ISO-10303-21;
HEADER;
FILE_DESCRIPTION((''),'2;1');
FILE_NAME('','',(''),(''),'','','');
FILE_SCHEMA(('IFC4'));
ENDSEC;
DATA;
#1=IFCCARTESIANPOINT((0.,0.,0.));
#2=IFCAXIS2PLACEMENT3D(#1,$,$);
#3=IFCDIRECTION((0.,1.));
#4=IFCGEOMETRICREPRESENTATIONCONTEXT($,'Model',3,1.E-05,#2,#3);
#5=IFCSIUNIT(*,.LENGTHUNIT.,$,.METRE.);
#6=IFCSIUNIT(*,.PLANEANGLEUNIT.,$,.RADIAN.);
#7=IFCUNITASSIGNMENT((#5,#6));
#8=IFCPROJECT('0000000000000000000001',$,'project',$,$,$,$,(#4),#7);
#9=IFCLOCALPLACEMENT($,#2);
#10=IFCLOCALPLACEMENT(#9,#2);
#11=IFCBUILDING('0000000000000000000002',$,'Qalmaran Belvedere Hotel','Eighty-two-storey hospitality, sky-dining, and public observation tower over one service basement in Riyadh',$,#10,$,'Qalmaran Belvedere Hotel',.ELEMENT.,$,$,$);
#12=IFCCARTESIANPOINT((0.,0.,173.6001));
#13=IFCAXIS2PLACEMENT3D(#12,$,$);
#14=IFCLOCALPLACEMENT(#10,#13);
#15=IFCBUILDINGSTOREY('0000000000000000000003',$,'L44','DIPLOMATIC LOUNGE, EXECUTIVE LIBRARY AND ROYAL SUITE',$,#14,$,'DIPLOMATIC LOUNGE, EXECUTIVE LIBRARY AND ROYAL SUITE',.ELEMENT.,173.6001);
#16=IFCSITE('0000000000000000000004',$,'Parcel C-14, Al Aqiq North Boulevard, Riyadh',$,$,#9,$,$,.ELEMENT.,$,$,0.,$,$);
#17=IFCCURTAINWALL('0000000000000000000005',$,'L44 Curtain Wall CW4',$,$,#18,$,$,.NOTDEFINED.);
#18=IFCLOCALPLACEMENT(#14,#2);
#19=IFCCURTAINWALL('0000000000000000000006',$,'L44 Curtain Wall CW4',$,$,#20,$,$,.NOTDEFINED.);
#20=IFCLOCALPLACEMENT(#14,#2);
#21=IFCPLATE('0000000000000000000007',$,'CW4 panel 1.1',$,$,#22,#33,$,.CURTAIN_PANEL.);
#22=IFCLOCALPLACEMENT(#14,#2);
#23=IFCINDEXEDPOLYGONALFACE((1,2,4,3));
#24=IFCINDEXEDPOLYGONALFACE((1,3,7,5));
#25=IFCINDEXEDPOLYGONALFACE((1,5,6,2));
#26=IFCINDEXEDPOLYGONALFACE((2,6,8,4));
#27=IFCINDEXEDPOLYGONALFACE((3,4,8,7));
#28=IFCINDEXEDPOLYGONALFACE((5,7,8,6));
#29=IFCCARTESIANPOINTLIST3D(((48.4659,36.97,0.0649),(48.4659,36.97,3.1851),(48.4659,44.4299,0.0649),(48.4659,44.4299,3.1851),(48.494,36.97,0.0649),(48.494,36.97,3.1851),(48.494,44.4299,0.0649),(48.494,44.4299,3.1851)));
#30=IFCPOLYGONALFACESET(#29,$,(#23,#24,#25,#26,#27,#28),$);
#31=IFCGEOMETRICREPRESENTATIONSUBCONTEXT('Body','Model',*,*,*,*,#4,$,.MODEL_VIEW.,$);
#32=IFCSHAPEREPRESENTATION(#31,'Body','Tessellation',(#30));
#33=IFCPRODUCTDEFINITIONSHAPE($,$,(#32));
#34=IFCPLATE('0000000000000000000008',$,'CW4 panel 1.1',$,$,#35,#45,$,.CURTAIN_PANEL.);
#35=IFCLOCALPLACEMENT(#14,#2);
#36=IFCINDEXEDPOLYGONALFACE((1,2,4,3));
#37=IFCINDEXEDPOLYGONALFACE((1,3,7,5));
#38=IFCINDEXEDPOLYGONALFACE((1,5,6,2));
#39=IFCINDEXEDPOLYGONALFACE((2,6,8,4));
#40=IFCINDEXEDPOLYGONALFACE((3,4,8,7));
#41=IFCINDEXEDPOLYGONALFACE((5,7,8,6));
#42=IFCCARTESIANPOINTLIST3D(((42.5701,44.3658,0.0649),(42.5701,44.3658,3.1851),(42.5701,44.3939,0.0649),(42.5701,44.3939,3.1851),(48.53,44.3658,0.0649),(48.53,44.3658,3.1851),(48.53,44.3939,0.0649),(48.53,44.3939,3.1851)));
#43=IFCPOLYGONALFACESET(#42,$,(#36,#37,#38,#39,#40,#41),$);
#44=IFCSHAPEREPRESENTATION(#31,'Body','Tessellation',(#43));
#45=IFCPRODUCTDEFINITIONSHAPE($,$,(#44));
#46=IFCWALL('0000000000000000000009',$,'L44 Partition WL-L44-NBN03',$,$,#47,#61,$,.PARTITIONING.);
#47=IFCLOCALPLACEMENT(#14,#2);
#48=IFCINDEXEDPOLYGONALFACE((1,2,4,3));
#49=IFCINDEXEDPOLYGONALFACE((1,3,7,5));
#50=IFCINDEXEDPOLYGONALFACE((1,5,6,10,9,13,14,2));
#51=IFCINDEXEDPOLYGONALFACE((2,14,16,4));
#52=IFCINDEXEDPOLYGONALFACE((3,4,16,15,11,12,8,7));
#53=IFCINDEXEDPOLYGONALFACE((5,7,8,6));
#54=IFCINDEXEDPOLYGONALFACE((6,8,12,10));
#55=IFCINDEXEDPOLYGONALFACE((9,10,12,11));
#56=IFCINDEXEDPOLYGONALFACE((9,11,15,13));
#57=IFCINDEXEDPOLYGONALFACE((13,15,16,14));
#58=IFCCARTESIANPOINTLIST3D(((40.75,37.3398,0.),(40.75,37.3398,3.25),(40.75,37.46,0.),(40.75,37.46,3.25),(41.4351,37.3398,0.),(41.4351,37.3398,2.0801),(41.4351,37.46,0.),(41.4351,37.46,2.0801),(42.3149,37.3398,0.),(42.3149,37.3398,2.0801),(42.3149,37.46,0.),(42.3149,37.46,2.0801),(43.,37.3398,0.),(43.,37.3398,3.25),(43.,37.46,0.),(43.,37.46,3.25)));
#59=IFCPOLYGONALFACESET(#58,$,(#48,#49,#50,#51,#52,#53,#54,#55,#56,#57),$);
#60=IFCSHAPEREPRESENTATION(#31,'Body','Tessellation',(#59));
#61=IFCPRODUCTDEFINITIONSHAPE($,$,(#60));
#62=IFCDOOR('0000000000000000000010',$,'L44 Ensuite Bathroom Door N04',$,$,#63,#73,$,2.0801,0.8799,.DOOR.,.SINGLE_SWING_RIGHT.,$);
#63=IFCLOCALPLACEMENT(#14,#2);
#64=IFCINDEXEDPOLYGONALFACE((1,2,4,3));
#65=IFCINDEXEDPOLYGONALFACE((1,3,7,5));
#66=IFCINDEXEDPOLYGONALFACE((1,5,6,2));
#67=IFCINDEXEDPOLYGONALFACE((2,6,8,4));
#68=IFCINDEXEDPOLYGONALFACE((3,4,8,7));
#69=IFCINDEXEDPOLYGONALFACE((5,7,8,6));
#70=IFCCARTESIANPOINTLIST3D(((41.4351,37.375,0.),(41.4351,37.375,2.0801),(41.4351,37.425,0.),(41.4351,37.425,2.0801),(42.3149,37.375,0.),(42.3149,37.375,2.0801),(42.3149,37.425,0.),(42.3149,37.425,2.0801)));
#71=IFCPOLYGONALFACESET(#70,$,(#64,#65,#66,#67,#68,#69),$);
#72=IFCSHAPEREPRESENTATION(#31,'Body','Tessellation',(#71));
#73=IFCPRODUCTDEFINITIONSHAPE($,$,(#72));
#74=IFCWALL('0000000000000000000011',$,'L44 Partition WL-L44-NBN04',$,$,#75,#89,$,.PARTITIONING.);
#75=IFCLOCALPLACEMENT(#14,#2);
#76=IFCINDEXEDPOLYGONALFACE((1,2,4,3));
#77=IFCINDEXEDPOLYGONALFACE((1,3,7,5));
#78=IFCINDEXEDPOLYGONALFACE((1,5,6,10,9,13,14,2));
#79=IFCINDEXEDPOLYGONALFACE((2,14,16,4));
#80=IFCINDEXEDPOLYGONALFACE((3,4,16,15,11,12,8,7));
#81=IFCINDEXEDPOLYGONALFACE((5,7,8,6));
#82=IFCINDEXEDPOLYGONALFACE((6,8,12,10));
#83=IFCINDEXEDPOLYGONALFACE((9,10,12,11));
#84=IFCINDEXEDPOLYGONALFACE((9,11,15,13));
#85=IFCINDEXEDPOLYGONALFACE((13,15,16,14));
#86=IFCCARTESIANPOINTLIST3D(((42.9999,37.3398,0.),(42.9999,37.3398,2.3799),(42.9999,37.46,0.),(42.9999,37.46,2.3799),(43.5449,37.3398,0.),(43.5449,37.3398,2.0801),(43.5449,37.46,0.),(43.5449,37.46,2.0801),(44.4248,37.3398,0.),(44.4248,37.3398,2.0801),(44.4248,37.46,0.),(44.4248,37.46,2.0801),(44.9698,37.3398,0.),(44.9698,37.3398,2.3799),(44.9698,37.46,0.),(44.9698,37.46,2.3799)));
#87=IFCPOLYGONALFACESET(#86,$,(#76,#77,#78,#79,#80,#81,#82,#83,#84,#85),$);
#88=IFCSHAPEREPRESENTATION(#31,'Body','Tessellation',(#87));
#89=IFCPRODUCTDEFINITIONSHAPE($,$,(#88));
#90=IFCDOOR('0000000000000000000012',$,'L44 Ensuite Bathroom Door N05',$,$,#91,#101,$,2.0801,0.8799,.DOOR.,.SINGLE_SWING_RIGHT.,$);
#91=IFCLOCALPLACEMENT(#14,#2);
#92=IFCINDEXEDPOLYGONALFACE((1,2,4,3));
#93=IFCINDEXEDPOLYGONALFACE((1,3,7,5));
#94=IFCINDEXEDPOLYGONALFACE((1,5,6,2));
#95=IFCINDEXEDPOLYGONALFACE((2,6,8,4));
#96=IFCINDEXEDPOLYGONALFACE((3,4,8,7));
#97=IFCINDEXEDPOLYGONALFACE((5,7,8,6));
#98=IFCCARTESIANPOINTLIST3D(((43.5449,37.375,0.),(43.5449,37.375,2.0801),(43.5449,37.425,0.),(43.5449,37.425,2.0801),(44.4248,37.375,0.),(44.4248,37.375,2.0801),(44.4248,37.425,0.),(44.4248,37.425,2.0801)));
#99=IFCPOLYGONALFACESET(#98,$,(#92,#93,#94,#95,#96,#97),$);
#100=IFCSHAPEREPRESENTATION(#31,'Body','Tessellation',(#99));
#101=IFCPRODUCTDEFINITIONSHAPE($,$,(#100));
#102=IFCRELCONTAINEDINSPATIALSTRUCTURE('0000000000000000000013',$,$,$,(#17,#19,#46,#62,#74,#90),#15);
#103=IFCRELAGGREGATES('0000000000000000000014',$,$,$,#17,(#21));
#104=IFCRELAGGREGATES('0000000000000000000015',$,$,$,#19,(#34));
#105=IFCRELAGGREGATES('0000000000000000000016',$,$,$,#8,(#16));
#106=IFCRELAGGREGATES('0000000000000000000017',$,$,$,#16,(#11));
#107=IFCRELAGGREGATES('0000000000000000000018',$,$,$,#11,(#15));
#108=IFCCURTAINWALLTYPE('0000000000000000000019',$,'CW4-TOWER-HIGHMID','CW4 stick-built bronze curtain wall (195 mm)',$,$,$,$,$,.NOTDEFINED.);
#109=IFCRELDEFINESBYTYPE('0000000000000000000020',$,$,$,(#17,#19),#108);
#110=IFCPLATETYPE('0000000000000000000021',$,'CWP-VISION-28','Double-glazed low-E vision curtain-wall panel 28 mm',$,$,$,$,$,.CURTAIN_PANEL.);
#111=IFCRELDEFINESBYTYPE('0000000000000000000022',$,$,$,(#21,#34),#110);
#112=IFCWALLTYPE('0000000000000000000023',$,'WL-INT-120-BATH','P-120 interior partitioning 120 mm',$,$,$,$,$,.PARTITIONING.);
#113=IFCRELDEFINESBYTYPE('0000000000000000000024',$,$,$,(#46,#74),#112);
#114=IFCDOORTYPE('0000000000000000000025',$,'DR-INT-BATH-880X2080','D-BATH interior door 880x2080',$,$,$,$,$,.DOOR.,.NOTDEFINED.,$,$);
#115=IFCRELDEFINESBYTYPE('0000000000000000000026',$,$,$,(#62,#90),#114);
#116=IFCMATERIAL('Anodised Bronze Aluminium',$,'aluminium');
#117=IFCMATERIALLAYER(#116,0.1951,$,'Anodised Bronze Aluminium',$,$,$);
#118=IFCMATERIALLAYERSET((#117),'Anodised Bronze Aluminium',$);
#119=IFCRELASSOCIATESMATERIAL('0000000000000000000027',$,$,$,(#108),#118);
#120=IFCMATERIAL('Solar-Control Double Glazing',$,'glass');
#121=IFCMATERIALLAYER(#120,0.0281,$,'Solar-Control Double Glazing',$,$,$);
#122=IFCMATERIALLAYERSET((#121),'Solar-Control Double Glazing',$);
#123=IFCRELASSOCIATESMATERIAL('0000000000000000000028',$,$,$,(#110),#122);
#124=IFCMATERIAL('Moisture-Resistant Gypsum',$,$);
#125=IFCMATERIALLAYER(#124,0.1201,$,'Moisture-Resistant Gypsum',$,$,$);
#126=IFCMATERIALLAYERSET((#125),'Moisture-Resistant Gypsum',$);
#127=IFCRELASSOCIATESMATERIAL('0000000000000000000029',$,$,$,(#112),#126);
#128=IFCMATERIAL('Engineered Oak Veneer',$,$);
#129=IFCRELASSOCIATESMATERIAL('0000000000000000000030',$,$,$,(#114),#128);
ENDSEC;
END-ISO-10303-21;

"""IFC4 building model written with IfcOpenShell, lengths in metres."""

from ifc_helpers import new_model, si_unit, direction, frame, frame_2d, origin, origin_2d, place, context, subcontext, project, spatial, rectangle, extrude, material, layer, layer_set, type_object, element, fill, aggregate, save


model = new_model("IFC4")

# Units and contexts
model_context = context("Model", 3, precision=1e-05, world=origin(), true_north=direction((0.0, 1.0)))
body_context = subcontext(model_context, "Body", "Model", "MODEL_VIEW")
ifc_project = project(units=[si_unit("LENGTHUNIT", "METRE"), si_unit("PLANEANGLEUNIT", "RADIAN")], contexts=[model_context])

# Site, building, storey
site_placement = place(None, origin())
site = spatial("IfcSite", under=ifc_project, at=site_placement, Name="Parcel C-14, Al Aqiq North Boulevard, Riyadh", CompositionType="ELEMENT", RefElevation=0.0)
building_placement = place(site_placement, origin())
building = spatial("IfcBuilding", under=site, at=building_placement, Name="Qalmaran Belvedere Hotel", Description="Eighty-two-storey hospitality, sky-dining, and public observation tower over one service basement in Riyadh", LongName="Qalmaran Belvedere Hotel", CompositionType="ELEMENT")
storey_placement = place(building_placement, frame((0.0, 0.0, 173.6001)))
storey = spatial("IfcBuildingStorey", under=building, at=storey_placement, Name="L44", Description="DIPLOMATIC LOUNGE, EXECUTIVE LIBRARY AND ROYAL SUITE", LongName="DIPLOMATIC LOUNGE, EXECUTIVE LIBRARY AND ROYAL SUITE", CompositionType="ELEMENT", Elevation=173.6001)

# Shared definitions
ifc_material_1 = material(Name="Anodised Bronze Aluminium", Category="aluminium")
ifc_layer_1 = layer(ifc_material_1, 0.1951, Name="Anodised Bronze Aluminium")
ifc_layer_set_1 = layer_set([ifc_layer_1], Name="Anodised Bronze Aluminium")
curtain_wall_type = type_object("IfcCurtainWallType", Name="CW4-TOWER-HIGHMID", Description="CW4 stick-built bronze curtain wall (195 mm)", PredefinedType="NOTDEFINED", material=ifc_layer_set_1)

# Curtain walls
curtain_wall_1_placement = place(storey_placement, origin())
curtain_wall_1 = element("IfcCurtainWall", 1, at=curtain_wall_1_placement, inside=storey, type_object=curtain_wall_type, Name="L44 Curtain Wall CW4", PredefinedType="NOTDEFINED")
curtain_wall_2_placement = place(storey_placement, origin())
curtain_wall_2 = element("IfcCurtainWall", 2, at=curtain_wall_2_placement, inside=storey, type_object=curtain_wall_type, Name="L44 Curtain Wall CW4", PredefinedType="NOTDEFINED")

# Plates
ifc_material_2 = material(Name="Solar-Control Double Glazing", Category="glass")
ifc_layer_2 = layer(ifc_material_2, 0.0281, Name="Solar-Control Double Glazing")
ifc_layer_set_2 = layer_set([ifc_layer_2], Name="Solar-Control Double Glazing")
plate_type = type_object("IfcPlateType", Name="CWP-VISION-28", Description="Double-glazed low-E vision curtain-wall panel 28 mm", PredefinedType="CURTAIN_PANEL", material=ifc_layer_set_2)
plate_1_placement = place(storey_placement, frame((48.48, 40.7, 0.0649), z_axis=(0.0, 0.0, 1.0), x_axis=(0.0, 1.0, 0.0)))
plate_1 = element("IfcPlate", 3, at=plate_1_placement, type_object=plate_type, Name="CW4 panel 1.1", PredefinedType="CURTAIN_PANEL", context=body_context, shape_type="SweptSolid", body=[
    extrude(rectangle(XDim=7.46, YDim=0.0281, at=origin_2d()), origin(), (0.0, 0.0, 1.0), 3.1201),
])
aggregate(curtain_wall_1, [plate_1])
plate_2_placement = place(storey_placement, frame((45.55, 44.3799, 0.0649), z_axis=(0.0, 0.0, 1.0), x_axis=(-1.0, 0.0, 0.0)))
plate_2 = element("IfcPlate", 4, at=plate_2_placement, type_object=plate_type, Name="CW4 panel 1.1", PredefinedType="CURTAIN_PANEL", context=body_context, shape_type="SweptSolid", body=[
    extrude(rectangle(XDim=5.96, YDim=0.0281, at=origin_2d()), origin(), (0.0, 0.0, 1.0), 3.1201),
])
aggregate(curtain_wall_2, [plate_2])

# Walls, openings, doors
ifc_material_3 = material(Name="Moisture-Resistant Gypsum")
ifc_layer_3 = layer(ifc_material_3, 0.1201, Name="Moisture-Resistant Gypsum")
ifc_layer_set_3 = layer_set([ifc_layer_3], Name="Moisture-Resistant Gypsum")
wall_type = type_object("IfcWallType", Name="WL-INT-120-BATH", Description="P-120 interior partitioning 120 mm", PredefinedType="PARTITIONING", material=ifc_layer_set_3)
wall_1_placement = place(storey_placement, frame((40.75, 37.3999, 0.0), z_axis=(0.0, 0.0, 1.0), x_axis=(1.0, 0.0, 0.0)))
wall_1 = element("IfcWall", 5, at=wall_1_placement, inside=storey, type_object=wall_type, Name="L44 Partition WL-L44-NBN03", PredefinedType="PARTITIONING", context=body_context, shape_type="SweptSolid", body=[
    extrude(rectangle(XDim=2.25, YDim=0.1201, at=frame_2d((1.125, 0.0))), origin(), (0.0, 0.0, 1.0), 3.25),
])
opening_1_placement = place(wall_1_placement, frame((1.5649, 0.0, 0.0), z_axis=(0.0, 0.0, 1.0), x_axis=(-1.0, 0.0, 0.0)))
opening_1 = element("IfcOpeningElement", 6, at=opening_1_placement, cuts=wall_1, PredefinedType="OPENING", context=body_context, shape_type="SweptSolid", body=[
    extrude(rectangle(XDim=0.8799, YDim=2.0801, at=frame_2d((0.4399, 1.04))), frame((0.0, 0.0701, 0.0), z_axis=(0.0, -1.0, 0.0), x_axis=(1.0, 0.0, 0.0)), (0.0, 0.0, 1.0), 0.1401),
])
ifc_material_4 = material(Name="Engineered Oak Veneer")
door_type = type_object("IfcDoorType", Name="DR-INT-BATH-880X2080", Description="D-BATH interior door 880x2080", OperationType="NOTDEFINED", PredefinedType="DOOR", material=ifc_material_4)
door_1_placement = place(opening_1_placement, origin())
door_1 = element("IfcDoor", 7, at=door_1_placement, inside=storey, type_object=door_type, Name="L44 Ensuite Bathroom Door N04", OperationType="SINGLE_SWING_RIGHT", OverallHeight=2.0801, OverallWidth=0.8799, PredefinedType="DOOR", context=body_context, shape_type="SweptSolid", body=[
    extrude(rectangle(XDim=0.8799, YDim=2.0801, at=frame_2d((0.4399, 1.04))), frame((0.0, 0.0249, 0.0), z_axis=(0.0, -1.0, 0.0), x_axis=(1.0, 0.0, 0.0)), (0.0, 0.0, 1.0), 0.05),
])
fill(opening_1, door_1)
wall_2_placement = place(storey_placement, frame((43.0, 37.3999, 0.0), z_axis=(0.0, 0.0, 1.0), x_axis=(1.0, 0.0, 0.0)))
wall_2 = element("IfcWall", 8, at=wall_2_placement, inside=storey, type_object=wall_type, Name="L44 Partition WL-L44-NBN04", PredefinedType="PARTITIONING", context=body_context, shape_type="SweptSolid", body=[
    extrude(rectangle(XDim=1.97, YDim=0.1201, at=frame_2d((0.9849, 0.0))), origin(), (0.0, 0.0, 1.0), 2.3799),
])
opening_2_placement = place(wall_2_placement, frame((1.4248, 0.0, 0.0), z_axis=(0.0, 0.0, 1.0), x_axis=(-1.0, 0.0, 0.0)))
opening_2 = element("IfcOpeningElement", 9, at=opening_2_placement, cuts=wall_2, PredefinedType="OPENING", context=body_context, shape_type="SweptSolid", body=[
    extrude(rectangle(XDim=0.8799, YDim=2.0801, at=frame_2d((0.4399, 1.04))), frame((0.0, 0.0701, 0.0), z_axis=(0.0, -1.0, 0.0), x_axis=(1.0, 0.0, 0.0)), (0.0, 0.0, 1.0), 0.1401),
])
door_2_placement = place(opening_2_placement, origin())
door_2 = element("IfcDoor", 10, at=door_2_placement, inside=storey, type_object=door_type, Name="L44 Ensuite Bathroom Door N05", OperationType="SINGLE_SWING_RIGHT", OverallHeight=2.0801, OverallWidth=0.8799, PredefinedType="DOOR", context=body_context, shape_type="SweptSolid", body=[
    extrude(rectangle(XDim=0.8799, YDim=2.0801, at=frame_2d((0.4399, 1.04))), frame((0.0, 0.0249, 0.0), z_axis=(0.0, -1.0, 0.0), x_axis=(1.0, 0.0, 0.0)), (0.0, 0.0, 1.0), 0.05),
])
fill(opening_2, door_2)

save(model, "model.ifc")
